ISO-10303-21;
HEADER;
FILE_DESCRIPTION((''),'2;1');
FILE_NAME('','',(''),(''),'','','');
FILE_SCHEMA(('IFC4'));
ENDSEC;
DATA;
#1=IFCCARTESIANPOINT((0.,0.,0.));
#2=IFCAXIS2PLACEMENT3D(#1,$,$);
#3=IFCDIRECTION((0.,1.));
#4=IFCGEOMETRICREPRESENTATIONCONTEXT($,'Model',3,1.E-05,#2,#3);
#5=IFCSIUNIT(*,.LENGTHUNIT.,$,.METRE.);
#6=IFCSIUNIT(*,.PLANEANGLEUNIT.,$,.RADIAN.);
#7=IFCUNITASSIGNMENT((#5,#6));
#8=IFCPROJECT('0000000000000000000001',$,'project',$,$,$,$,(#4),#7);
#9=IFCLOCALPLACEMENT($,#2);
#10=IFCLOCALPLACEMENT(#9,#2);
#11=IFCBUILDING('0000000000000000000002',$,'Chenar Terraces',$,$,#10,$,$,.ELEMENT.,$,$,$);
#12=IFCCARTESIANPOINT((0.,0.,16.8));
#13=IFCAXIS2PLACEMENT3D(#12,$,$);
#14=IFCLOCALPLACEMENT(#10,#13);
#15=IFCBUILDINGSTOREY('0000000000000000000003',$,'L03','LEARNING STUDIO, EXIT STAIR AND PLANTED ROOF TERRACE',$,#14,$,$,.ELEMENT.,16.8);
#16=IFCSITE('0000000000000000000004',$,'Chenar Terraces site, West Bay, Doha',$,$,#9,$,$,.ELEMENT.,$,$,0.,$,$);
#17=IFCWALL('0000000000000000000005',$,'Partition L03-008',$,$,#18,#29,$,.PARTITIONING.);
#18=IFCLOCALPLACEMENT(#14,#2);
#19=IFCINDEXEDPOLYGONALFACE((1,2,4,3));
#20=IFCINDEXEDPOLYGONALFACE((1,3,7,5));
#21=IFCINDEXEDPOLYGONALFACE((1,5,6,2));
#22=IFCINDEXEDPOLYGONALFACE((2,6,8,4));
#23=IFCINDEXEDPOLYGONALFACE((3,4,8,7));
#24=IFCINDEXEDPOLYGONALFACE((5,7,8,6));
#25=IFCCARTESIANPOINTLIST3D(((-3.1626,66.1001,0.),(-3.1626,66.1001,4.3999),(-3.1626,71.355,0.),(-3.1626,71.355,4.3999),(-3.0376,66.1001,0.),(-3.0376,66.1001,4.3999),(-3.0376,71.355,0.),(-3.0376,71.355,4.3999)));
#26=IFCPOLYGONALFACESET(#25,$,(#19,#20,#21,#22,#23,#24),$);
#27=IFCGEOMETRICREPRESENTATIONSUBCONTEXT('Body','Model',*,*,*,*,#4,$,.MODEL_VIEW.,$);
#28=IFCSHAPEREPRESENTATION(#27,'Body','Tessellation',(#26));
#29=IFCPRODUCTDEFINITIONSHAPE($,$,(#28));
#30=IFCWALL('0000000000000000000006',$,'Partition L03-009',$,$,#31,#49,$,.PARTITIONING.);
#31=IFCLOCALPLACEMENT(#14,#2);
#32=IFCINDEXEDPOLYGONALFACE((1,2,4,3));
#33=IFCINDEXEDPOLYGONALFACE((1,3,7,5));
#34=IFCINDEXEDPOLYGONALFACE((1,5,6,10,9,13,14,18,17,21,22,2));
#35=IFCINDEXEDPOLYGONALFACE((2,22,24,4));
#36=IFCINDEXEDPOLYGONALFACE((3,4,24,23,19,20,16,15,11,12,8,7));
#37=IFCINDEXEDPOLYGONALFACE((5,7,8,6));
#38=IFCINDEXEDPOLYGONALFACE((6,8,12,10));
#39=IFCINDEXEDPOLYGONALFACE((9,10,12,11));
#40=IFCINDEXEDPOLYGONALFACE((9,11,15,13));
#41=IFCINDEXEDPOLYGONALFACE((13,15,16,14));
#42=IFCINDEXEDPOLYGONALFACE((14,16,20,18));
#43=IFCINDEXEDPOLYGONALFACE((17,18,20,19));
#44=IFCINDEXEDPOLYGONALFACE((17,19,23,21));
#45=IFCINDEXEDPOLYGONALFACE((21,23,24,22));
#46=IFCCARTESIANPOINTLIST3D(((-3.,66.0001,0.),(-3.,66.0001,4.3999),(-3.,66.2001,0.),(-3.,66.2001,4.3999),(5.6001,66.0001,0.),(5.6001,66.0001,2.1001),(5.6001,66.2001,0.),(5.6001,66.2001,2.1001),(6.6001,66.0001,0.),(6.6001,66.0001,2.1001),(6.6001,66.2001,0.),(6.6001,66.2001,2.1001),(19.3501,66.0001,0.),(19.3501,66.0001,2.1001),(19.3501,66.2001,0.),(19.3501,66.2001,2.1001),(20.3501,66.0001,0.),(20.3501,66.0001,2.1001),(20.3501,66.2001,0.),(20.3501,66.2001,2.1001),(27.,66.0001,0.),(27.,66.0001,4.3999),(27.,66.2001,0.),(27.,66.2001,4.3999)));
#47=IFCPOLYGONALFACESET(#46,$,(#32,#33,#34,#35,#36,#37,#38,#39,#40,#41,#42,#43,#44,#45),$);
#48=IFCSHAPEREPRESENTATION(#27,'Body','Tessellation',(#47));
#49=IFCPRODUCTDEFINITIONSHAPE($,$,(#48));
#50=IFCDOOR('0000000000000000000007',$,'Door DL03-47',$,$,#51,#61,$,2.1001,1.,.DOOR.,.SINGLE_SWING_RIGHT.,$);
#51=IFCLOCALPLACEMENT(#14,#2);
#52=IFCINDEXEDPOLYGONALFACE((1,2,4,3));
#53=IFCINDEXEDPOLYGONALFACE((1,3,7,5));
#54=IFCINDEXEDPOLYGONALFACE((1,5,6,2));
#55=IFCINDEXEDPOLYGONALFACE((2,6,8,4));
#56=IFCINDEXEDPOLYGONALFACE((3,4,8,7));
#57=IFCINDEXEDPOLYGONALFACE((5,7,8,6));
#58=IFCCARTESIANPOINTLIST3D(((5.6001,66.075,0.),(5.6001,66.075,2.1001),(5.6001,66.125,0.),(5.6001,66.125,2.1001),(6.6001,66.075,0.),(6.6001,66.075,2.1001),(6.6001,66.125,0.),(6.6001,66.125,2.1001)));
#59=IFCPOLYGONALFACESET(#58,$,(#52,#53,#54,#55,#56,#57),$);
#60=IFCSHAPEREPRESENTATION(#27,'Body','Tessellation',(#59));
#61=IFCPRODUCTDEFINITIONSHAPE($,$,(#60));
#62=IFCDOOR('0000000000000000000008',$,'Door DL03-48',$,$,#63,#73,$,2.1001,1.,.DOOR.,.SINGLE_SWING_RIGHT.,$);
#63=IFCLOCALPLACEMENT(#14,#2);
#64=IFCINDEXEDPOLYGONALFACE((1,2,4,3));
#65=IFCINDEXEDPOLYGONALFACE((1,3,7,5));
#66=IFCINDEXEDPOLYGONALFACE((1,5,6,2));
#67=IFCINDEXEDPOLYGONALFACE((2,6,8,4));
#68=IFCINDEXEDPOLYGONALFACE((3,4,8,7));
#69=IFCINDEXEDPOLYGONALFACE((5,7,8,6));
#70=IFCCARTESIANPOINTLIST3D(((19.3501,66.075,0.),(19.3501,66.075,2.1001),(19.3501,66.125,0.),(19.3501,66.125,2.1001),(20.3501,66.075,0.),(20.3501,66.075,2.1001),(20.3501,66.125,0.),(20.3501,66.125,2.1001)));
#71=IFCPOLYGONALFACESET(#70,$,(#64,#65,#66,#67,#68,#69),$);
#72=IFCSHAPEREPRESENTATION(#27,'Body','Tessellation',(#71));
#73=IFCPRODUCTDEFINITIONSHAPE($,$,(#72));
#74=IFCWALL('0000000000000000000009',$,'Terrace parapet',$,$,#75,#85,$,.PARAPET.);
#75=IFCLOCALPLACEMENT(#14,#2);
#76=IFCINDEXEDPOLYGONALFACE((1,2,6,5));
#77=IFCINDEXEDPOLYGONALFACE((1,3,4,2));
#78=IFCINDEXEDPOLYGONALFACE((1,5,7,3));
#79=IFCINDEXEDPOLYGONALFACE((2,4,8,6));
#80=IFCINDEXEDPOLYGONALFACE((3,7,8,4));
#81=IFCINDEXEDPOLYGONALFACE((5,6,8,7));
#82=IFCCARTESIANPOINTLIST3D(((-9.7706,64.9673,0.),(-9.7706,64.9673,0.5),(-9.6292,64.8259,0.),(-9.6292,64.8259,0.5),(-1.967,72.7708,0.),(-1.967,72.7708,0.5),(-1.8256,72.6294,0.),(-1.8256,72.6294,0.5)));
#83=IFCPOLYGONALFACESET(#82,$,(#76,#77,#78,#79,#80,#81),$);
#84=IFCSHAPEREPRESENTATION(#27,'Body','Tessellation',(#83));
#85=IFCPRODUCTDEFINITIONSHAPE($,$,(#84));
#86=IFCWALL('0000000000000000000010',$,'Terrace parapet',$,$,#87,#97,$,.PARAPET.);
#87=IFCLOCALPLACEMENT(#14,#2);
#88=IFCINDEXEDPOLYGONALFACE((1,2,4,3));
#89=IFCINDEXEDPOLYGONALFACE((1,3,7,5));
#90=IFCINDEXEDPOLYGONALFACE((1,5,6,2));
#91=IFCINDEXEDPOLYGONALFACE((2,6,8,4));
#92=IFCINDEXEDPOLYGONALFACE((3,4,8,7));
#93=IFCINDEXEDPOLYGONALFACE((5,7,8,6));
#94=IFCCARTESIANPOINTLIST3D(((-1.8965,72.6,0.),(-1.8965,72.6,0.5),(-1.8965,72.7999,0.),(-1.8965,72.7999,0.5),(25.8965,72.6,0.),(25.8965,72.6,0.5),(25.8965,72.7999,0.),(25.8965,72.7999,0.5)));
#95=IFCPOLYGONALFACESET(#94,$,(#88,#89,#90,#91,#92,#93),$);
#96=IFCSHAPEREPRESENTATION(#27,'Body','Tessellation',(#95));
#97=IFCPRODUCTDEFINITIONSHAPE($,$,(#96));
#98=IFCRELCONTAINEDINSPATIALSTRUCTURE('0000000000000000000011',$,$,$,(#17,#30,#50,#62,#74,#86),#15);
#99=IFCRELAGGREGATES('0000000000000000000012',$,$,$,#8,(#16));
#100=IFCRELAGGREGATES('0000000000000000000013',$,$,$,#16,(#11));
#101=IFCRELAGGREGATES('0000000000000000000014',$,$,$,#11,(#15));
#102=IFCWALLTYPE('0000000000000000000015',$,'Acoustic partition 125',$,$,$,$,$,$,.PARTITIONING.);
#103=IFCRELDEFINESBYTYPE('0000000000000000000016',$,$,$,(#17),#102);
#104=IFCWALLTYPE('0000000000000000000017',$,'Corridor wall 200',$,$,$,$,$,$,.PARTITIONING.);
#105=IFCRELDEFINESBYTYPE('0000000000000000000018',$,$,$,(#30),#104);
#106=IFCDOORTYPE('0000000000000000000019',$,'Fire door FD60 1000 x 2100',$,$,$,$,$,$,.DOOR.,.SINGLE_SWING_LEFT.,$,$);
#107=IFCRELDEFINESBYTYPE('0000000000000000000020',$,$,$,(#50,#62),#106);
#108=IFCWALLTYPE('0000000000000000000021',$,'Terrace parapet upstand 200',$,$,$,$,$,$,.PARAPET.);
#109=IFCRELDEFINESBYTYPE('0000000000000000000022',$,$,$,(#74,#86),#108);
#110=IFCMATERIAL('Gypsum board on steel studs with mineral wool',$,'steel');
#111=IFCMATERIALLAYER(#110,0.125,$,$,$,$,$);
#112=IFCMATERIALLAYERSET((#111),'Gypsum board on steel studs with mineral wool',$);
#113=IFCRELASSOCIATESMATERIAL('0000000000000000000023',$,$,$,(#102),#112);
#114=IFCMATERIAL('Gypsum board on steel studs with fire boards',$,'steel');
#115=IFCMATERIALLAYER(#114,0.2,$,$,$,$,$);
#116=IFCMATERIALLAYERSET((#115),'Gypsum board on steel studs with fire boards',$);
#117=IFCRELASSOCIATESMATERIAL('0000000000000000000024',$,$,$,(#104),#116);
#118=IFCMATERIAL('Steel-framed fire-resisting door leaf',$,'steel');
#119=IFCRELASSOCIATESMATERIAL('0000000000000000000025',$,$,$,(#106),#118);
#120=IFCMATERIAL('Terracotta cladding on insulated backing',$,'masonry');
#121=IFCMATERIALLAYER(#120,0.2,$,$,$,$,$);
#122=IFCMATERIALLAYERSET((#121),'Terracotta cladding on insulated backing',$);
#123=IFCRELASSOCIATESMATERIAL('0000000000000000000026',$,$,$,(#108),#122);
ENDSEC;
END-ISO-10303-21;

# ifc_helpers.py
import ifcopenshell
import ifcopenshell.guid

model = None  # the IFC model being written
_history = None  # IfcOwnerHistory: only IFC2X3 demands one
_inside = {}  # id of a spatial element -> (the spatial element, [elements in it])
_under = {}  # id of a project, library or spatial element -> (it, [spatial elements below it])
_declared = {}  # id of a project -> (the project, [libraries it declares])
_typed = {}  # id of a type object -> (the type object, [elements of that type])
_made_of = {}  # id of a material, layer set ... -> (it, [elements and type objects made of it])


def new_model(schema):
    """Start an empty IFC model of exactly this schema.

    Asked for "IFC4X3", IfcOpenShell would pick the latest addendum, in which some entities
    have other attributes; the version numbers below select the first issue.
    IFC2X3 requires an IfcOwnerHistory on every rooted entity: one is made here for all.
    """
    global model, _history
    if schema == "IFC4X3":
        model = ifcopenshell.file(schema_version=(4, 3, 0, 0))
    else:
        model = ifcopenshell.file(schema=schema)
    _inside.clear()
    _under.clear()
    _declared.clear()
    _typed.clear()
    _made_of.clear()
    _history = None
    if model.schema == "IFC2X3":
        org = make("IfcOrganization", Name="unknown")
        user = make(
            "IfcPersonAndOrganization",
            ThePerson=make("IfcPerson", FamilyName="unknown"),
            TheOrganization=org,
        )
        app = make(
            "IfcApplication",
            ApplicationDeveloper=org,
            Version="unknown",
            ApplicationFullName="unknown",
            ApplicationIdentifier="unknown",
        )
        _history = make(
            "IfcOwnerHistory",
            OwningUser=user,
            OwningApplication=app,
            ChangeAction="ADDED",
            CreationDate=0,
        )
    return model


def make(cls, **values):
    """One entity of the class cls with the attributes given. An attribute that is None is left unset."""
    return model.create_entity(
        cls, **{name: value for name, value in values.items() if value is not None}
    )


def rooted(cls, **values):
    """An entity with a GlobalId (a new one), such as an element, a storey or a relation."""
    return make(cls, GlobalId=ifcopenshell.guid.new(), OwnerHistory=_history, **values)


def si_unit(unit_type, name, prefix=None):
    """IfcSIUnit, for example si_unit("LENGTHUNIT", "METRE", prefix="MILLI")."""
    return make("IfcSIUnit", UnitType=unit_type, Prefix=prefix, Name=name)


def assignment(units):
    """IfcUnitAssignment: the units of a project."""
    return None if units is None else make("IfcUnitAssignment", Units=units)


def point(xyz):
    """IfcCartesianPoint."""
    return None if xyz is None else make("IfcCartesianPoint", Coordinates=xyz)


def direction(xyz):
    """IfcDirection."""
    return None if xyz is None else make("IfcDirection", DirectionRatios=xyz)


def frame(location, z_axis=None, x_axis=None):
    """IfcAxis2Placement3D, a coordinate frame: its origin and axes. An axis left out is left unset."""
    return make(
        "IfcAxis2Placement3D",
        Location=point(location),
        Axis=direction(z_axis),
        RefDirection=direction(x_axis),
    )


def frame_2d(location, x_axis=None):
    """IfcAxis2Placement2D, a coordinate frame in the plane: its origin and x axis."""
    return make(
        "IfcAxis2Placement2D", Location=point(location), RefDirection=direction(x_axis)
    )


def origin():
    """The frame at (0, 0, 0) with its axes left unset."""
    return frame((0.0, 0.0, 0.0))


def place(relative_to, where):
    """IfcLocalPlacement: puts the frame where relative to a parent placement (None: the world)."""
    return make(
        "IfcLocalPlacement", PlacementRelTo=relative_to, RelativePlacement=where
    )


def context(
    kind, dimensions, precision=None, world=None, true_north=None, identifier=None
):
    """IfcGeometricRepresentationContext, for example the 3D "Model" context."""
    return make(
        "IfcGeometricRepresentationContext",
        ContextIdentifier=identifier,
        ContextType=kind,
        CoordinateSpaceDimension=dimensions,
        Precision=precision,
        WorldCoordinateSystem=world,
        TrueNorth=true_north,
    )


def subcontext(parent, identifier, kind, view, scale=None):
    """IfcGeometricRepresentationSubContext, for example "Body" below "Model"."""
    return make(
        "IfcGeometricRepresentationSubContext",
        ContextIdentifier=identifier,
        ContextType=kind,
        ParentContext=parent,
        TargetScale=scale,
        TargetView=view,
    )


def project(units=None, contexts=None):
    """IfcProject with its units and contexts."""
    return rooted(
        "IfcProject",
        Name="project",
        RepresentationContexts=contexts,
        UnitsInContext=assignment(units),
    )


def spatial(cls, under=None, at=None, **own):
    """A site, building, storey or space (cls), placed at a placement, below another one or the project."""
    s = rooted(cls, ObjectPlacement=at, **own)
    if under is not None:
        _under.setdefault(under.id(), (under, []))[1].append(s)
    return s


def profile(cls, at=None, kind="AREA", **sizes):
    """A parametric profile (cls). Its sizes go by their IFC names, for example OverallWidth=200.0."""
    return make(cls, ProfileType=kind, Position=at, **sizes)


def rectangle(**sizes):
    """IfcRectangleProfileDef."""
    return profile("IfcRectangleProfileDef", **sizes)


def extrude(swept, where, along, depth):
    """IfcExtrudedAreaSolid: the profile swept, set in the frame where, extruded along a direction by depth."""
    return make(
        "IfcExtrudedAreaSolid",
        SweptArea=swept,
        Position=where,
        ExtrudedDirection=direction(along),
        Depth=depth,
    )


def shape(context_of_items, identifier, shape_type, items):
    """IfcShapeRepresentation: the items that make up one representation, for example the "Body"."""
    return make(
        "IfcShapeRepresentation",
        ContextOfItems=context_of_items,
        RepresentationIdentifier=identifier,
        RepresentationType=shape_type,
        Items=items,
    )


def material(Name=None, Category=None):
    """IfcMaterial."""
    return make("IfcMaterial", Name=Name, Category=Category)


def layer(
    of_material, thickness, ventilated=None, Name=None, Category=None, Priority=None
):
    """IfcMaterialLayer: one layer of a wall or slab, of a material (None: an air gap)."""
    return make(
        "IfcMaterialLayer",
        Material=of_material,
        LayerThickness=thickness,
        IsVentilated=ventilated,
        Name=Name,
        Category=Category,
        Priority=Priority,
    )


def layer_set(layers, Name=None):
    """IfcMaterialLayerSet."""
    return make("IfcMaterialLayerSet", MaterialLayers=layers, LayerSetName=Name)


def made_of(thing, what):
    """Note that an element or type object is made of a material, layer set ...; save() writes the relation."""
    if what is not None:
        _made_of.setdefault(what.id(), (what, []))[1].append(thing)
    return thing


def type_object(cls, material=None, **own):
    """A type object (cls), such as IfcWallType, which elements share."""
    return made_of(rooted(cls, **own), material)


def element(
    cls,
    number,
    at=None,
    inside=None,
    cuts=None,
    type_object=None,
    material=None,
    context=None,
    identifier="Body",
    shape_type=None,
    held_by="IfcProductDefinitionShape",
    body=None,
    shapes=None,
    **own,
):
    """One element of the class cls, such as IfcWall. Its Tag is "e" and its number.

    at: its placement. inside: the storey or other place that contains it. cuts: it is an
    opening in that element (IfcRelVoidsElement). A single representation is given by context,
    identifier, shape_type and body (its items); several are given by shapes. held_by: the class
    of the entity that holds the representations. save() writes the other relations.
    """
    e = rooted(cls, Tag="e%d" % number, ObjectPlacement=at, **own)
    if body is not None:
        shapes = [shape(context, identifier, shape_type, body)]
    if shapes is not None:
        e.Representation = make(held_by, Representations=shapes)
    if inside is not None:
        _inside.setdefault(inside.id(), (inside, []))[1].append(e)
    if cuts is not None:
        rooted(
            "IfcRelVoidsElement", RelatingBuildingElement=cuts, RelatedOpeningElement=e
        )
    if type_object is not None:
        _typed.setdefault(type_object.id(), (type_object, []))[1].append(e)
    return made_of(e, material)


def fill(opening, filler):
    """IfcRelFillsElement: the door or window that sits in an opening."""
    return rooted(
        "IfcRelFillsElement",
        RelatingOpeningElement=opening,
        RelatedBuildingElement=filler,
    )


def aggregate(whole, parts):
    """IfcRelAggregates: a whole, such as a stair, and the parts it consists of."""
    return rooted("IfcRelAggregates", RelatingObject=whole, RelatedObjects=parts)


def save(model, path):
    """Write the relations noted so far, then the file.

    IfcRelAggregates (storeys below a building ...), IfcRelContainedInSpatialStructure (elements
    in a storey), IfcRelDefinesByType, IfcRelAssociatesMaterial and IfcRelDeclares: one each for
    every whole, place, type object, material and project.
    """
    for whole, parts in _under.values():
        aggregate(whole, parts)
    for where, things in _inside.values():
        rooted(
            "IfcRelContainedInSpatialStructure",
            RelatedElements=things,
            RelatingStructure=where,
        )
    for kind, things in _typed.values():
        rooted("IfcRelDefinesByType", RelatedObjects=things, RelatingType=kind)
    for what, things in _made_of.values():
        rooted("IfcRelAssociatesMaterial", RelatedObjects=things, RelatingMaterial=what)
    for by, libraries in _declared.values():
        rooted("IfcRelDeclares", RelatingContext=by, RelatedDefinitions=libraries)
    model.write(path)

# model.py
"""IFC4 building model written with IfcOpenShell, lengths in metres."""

from ifc_helpers import new_model, si_unit, direction, frame, frame_2d, origin, place, context, subcontext, project, spatial, rectangle, extrude, material, layer, layer_set, type_object, element, fill, save


model = new_model("IFC4")

# Units and contexts
model_context = context("Model", 3, precision=1e-05, world=origin(), true_north=direction((0.0, 1.0)))
body_context = subcontext(model_context, "Body", "Model", "MODEL_VIEW")
ifc_project = project(units=[si_unit("LENGTHUNIT", "METRE"), si_unit("PLANEANGLEUNIT", "RADIAN")], contexts=[model_context])

# Site, building, storey
site_placement = place(None, origin())
site = spatial("IfcSite", under=ifc_project, at=site_placement, Name="Chenar Terraces site, West Bay, Doha", CompositionType="ELEMENT", RefElevation=0.0)
building_placement = place(site_placement, origin())
building = spatial("IfcBuilding", under=site, at=building_placement, Name="Chenar Terraces", CompositionType="ELEMENT")
storey_placement = place(building_placement, frame((0.0, 0.0, 16.8)))
storey = spatial("IfcBuildingStorey", under=building, at=storey_placement, Name="L03", Description="LEARNING STUDIO, EXIT STAIR AND PLANTED ROOF TERRACE", CompositionType="ELEMENT", Elevation=16.8)

# Wall
ifc_material_1 = material(Name="Gypsum board on steel studs with mineral wool", Category="steel")
ifc_layer_1 = layer(ifc_material_1, 0.125)
ifc_layer_set_1 = layer_set([ifc_layer_1], Name="Gypsum board on steel studs with mineral wool")
wall_type_1 = type_object("IfcWallType", Name="Acoustic partition 125", PredefinedType="PARTITIONING", material=ifc_layer_set_1)
wall_1_placement = place(storey_placement, frame((-3.1001, 66.1001, 0.0), z_axis=(0.0, 0.0, 1.0), x_axis=(0.0, 1.0, 0.0)))
element("IfcWall", 1, at=wall_1_placement, inside=storey, type_object=wall_type_1, Name="Partition L03-008", PredefinedType="PARTITIONING", context=body_context, shape_type="SweptSolid", body=[
    extrude(rectangle(XDim=5.2549, YDim=0.125, at=frame_2d((2.6274, 0.0))), origin(), (0.0, 0.0, 1.0), 4.3999),
])

# Wall, openings, doors
ifc_material_2 = material(Name="Gypsum board on steel studs with fire boards", Category="steel")
ifc_layer_2 = layer(ifc_material_2, 0.2)
ifc_layer_set_2 = layer_set([ifc_layer_2], Name="Gypsum board on steel studs with fire boards")
wall_type_2 = type_object("IfcWallType", Name="Corridor wall 200", PredefinedType="PARTITIONING", material=ifc_layer_set_2)
wall_2_placement = place(storey_placement, frame((-3.0, 66.1001, 0.0), z_axis=(0.0, 0.0, 1.0), x_axis=(1.0, 0.0, 0.0)))
wall_2 = element("IfcWall", 2, at=wall_2_placement, inside=storey, type_object=wall_type_2, Name="Partition L03-009", PredefinedType="PARTITIONING", context=body_context, shape_type="SweptSolid", body=[
    extrude(rectangle(XDim=30.0, YDim=0.2, at=frame_2d((15.0, 0.0))), origin(), (0.0, 0.0, 1.0), 4.3999),
])
opening_1_placement = place(wall_2_placement, frame((8.6001, 0.0, 0.0)))
opening_1 = element("IfcOpeningElement", 3, at=opening_1_placement, cuts=wall_2, PredefinedType="OPENING", context=body_context, shape_type="SweptSolid", body=[
    extrude(rectangle(XDim=1.0, YDim=2.1001, at=frame_2d((0.5, 1.05))), frame((0.0, 0.1099, 0.0), z_axis=(0.0, -1.0, 0.0), x_axis=(1.0, 0.0, 0.0)), (0.0, 0.0, 1.0), 0.22),
])
opening_2_placement = place(wall_2_placement, frame((22.3501, 0.0, 0.0)))
opening_2 = element("IfcOpeningElement", 4, at=opening_2_placement, cuts=wall_2, PredefinedType="OPENING", context=body_context, shape_type="SweptSolid", body=[
    extrude(rectangle(XDim=1.0, YDim=2.1001, at=frame_2d((0.5, 1.05))), frame((0.0, 0.1099, 0.0), z_axis=(0.0, -1.0, 0.0), x_axis=(1.0, 0.0, 0.0)), (0.0, 0.0, 1.0), 0.22),
])
ifc_material_3 = material(Name="Steel-framed fire-resisting door leaf", Category="steel")
door_type_1 = type_object("IfcDoorType", Name="Fire door FD60 1000 x 2100", OperationType="SINGLE_SWING_LEFT", PredefinedType="DOOR", material=ifc_material_3)
door_1_placement = place(opening_1_placement, origin())
door_1 = element("IfcDoor", 5, at=door_1_placement, inside=storey, type_object=door_type_1, Name="Door DL03-47", OperationType="SINGLE_SWING_RIGHT", OverallHeight=2.1001, OverallWidth=1.0, PredefinedType="DOOR", context=body_context, shape_type="SweptSolid", body=[
    extrude(rectangle(XDim=1.0, YDim=2.1001, at=frame_2d((0.5, 1.05))), frame((0.0, 0.0249, 0.0), z_axis=(0.0, -1.0, 0.0), x_axis=(1.0, 0.0, 0.0)), (0.0, 0.0, 1.0), 0.05),
])
fill(opening_1, door_1)
door_2_placement = place(opening_2_placement, origin())
door_2 = element("IfcDoor", 6, at=door_2_placement, inside=storey, type_object=door_type_1, Name="Door DL03-48", OperationType="SINGLE_SWING_RIGHT", OverallHeight=2.1001, OverallWidth=1.0, PredefinedType="DOOR", context=body_context, shape_type="SweptSolid", body=[
    extrude(rectangle(XDim=1.0, YDim=2.1001, at=frame_2d((0.5, 1.05))), frame((0.0, 0.0249, 0.0), z_axis=(0.0, -1.0, 0.0), x_axis=(1.0, 0.0, 0.0)), (0.0, 0.0, 1.0), 0.05),
])
fill(opening_2, door_2)

# Walls
ifc_material_4 = material(Name="Terracotta cladding on insulated backing", Category="masonry")
ifc_layer_3 = layer(ifc_material_4, 0.2)
ifc_layer_set_3 = layer_set([ifc_layer_3], Name="Terracotta cladding on insulated backing")
wall_type_3 = type_object("IfcWallType", Name="Terrace parapet upstand 200", PredefinedType="PARAPET", material=ifc_layer_set_3)
wall_3_placement = place(storey_placement, frame((-9.7, 64.8965, 0.0), z_axis=(0.0, 0.0, 1.0), x_axis=(0.707107, 0.707107, 0.0)))
element("IfcWall", 7, at=wall_3_placement, inside=storey, type_object=wall_type_3, Name="Terrace parapet", PredefinedType="PARAPET", context=body_context, shape_type="SweptSolid", body=[
    extrude(rectangle(XDim=11.0359, YDim=0.2, at=frame_2d((5.5181, 0.0))), origin(), (0.0, 0.0, 1.0), 0.5),
])
wall_4_placement = place(storey_placement, frame((-1.8965, 72.7, 0.0), z_axis=(0.0, 0.0, 1.0), x_axis=(1.0, 0.0, 0.0)))
element("IfcWall", 8, at=wall_4_placement, inside=storey, type_object=wall_type_3, Name="Terrace parapet", PredefinedType="PARAPET", context=body_context, shape_type="SweptSolid", body=[
    extrude(rectangle(XDim=27.793, YDim=0.2, at=frame_2d((13.8965, 0.0))), origin(), (0.0, 0.0, 1.0), 0.5),
])

save(model, "model.ifc")
